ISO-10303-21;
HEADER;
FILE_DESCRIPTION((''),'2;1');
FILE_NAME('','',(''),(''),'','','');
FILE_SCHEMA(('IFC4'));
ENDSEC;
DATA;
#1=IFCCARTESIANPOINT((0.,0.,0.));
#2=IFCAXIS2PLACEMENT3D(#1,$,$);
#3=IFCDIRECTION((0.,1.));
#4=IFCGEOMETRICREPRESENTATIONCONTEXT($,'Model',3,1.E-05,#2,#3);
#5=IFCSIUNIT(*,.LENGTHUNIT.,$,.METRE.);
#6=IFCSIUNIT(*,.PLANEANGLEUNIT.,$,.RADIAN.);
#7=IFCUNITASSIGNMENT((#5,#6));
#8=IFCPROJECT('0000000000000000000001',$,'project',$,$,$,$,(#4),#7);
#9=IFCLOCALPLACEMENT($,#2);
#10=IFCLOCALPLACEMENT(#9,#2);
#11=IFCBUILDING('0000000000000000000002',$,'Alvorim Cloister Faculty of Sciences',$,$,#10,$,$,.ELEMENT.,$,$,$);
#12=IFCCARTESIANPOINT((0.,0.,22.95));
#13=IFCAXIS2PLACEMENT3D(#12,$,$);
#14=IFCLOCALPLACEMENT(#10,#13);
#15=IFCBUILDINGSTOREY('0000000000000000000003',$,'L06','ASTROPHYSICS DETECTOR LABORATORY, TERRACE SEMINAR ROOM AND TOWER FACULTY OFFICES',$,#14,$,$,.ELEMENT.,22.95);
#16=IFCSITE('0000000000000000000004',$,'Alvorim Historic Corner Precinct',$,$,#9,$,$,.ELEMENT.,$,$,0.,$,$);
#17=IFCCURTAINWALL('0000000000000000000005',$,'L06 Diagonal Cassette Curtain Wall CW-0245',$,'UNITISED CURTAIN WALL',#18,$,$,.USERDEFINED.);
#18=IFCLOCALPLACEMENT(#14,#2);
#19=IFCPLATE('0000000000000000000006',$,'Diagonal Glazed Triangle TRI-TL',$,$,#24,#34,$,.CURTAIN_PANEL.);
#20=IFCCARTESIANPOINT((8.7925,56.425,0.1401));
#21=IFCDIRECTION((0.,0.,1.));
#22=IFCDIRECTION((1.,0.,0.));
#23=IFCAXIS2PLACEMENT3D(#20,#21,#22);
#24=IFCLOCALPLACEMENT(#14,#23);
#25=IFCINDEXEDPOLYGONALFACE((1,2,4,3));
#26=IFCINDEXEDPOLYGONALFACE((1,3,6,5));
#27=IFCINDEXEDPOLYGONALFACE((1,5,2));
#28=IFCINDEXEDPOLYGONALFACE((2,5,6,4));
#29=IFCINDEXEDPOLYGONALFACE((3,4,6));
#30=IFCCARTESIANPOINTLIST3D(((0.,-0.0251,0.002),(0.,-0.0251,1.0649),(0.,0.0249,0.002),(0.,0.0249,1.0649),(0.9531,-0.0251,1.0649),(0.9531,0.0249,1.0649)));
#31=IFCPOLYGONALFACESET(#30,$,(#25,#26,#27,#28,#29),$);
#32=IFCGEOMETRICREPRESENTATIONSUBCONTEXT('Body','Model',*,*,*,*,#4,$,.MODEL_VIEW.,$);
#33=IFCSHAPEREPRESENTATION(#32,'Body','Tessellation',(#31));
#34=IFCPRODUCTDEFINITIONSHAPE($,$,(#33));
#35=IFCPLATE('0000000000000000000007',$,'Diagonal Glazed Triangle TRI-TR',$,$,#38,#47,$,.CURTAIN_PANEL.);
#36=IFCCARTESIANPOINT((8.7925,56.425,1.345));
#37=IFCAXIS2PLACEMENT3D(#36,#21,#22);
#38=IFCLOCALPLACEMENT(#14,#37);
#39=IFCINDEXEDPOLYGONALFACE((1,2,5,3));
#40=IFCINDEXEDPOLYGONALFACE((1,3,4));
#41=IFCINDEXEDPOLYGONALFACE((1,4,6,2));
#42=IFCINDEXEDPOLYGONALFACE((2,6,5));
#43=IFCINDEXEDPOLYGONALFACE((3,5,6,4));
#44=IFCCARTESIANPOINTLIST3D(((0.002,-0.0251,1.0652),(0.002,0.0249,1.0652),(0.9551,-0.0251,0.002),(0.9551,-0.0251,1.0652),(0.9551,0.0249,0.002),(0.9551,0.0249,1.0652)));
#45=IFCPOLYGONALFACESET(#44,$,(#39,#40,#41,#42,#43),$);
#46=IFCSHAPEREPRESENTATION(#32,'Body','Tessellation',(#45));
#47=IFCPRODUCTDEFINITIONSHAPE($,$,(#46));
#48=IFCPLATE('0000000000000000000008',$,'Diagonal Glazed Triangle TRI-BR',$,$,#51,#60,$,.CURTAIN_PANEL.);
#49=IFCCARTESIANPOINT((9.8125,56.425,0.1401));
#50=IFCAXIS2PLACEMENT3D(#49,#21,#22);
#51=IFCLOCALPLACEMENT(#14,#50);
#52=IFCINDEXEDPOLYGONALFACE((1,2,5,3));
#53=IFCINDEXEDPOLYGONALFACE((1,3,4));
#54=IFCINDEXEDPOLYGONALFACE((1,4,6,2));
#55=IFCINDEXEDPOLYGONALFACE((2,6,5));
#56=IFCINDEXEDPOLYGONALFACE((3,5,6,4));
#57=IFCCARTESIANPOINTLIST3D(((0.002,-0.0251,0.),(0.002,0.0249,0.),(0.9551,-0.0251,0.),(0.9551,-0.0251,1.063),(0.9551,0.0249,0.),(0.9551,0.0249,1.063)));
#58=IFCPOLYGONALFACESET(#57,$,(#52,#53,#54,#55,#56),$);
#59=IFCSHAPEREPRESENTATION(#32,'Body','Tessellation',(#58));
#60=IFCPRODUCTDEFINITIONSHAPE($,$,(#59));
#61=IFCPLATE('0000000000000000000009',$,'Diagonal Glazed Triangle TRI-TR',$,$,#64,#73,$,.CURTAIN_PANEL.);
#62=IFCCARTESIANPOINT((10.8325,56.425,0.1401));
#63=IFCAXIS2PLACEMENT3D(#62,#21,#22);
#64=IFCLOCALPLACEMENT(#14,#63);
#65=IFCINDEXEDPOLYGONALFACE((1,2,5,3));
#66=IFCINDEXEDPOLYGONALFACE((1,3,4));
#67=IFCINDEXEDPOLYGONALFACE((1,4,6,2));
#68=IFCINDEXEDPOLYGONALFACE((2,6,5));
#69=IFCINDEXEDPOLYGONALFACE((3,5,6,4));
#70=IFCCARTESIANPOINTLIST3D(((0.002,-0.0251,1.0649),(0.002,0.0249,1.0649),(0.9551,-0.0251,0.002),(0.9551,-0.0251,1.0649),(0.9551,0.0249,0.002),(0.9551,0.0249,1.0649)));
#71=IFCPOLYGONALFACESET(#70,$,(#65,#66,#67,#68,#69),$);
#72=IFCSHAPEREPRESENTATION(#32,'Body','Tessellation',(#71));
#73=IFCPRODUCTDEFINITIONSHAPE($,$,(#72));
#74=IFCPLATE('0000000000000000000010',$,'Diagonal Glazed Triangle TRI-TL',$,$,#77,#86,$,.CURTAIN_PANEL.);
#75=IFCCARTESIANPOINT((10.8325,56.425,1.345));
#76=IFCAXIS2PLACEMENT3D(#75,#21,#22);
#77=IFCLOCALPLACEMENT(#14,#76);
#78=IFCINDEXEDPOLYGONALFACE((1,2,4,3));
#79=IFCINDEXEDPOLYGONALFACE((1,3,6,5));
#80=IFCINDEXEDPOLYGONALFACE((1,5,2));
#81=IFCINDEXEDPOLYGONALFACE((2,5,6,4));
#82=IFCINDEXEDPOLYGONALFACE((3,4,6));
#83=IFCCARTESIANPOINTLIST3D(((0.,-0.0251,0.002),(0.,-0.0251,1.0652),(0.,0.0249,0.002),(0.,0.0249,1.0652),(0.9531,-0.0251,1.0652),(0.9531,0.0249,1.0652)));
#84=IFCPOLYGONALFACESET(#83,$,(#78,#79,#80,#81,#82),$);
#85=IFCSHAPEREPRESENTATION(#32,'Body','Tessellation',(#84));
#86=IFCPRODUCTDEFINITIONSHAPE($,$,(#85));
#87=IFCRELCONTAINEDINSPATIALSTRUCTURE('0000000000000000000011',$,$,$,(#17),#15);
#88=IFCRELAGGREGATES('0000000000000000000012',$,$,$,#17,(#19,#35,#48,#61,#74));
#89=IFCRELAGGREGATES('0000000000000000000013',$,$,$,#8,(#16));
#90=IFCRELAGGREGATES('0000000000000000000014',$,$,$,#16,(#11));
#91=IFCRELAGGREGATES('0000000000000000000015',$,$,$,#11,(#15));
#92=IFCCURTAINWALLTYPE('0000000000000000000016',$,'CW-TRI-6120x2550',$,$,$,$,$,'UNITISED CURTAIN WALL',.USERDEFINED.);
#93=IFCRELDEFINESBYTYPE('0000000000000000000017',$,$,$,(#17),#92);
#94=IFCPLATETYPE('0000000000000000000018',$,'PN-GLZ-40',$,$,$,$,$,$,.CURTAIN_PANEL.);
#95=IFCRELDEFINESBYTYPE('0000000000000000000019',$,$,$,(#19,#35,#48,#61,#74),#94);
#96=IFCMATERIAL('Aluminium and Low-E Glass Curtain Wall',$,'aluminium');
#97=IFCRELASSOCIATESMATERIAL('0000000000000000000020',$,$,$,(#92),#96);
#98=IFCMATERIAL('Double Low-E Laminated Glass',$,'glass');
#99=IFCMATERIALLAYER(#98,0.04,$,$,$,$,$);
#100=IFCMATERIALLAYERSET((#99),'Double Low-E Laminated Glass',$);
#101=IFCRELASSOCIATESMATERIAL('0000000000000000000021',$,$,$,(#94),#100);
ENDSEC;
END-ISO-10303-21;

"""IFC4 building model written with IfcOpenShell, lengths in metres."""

from ifc_helpers import new_model, si_unit, direction, frame, origin, place, context, subcontext, project, spatial, polyline, outline, extrude, material, layer, layer_set, type_object, element, aggregate, save


model = new_model("IFC4")

# Units and contexts
model_context = context("Model", 3, precision=1e-05, world=origin(), true_north=direction((0.0, 1.0)))
body_context = subcontext(model_context, "Body", "Model", "MODEL_VIEW")
ifc_project = project(units=[si_unit("LENGTHUNIT", "METRE"), si_unit("PLANEANGLEUNIT", "RADIAN")], contexts=[model_context])

# Site, building, storey
site_placement = place(None, origin())
site = spatial("IfcSite", under=ifc_project, at=site_placement, Name="Alvorim Historic Corner Precinct", CompositionType="ELEMENT", RefElevation=0.0)
building_placement = place(site_placement, origin())
building = spatial("IfcBuilding", under=site, at=building_placement, Name="Alvorim Cloister Faculty of Sciences", CompositionType="ELEMENT")
storey_placement = place(building_placement, frame((0.0, 0.0, 22.95)))
storey = spatial("IfcBuildingStorey", under=building, at=storey_placement, Name="L06", Description="ASTROPHYSICS DETECTOR LABORATORY, TERRACE SEMINAR ROOM AND TOWER FACULTY OFFICES", CompositionType="ELEMENT", Elevation=22.95)

# Curtain wall, plates
ifc_material_1 = material(Name="Aluminium and Low-E Glass Curtain Wall", Category="aluminium")
curtain_wall_type = type_object("IfcCurtainWallType", Name="CW-TRI-6120x2550", ElementType="UNITISED CURTAIN WALL", PredefinedType="USERDEFINED", material=ifc_material_1)
curtain_wall_placement = place(storey_placement, origin())
curtain_wall = element("IfcCurtainWall", 1, at=curtain_wall_placement, inside=storey, type_object=curtain_wall_type, Name="L06 Diagonal Cassette Curtain Wall CW-0245", ObjectType="UNITISED CURTAIN WALL", PredefinedType="USERDEFINED")
ifc_material_2 = material(Name="Double Low-E Laminated Glass", Category="glass")
ifc_layer = layer(ifc_material_2, 0.04)
ifc_layer_set = layer_set([ifc_layer], Name="Double Low-E Laminated Glass")
plate_type = type_object("IfcPlateType", Name="PN-GLZ-40", PredefinedType="CURTAIN_PANEL", material=ifc_layer_set)
plate_1_placement = place(storey_placement, frame((8.7925, 56.425, 0.1401), z_axis=(0.0, 0.0, 1.0), x_axis=(1.0, 0.0, 0.0)))
plate_1 = element("IfcPlate", 2, at=plate_1_placement, type_object=plate_type, Name="Diagonal Glazed Triangle TRI-TL", PredefinedType="CURTAIN_PANEL", context=body_context, shape_type="SweptSolid", body=[
    extrude(outline(polyline([(0.9531, 1.0649), (0.0, 1.0649), (0.0, 0.002), (0.9531, 1.0649)])), frame((0.0, 0.0249, 0.0), z_axis=(0.0, -1.0, 0.0), x_axis=(1.0, 0.0, 0.0)), (0.0, 0.0, 1.0), 0.05),
])
plate_2_placement = place(storey_placement, frame((8.7925, 56.425, 1.345), z_axis=(0.0, 0.0, 1.0), x_axis=(1.0, 0.0, 0.0)))
plate_2 = element("IfcPlate", 3, at=plate_2_placement, type_object=plate_type, Name="Diagonal Glazed Triangle TRI-TR", PredefinedType="CURTAIN_PANEL", context=body_context, shape_type="SweptSolid", body=[
    extrude(outline(polyline([(0.9551, 0.002), (0.9551, 1.0652), (0.002, 1.0652), (0.9551, 0.002)])), frame((0.0, 0.0249, 0.0), z_axis=(0.0, -1.0, 0.0), x_axis=(1.0, 0.0, 0.0)), (0.0, 0.0, 1.0), 0.05),
])
plate_3_placement = place(storey_placement, frame((9.8125, 56.425, 0.1401), z_axis=(0.0, 0.0, 1.0), x_axis=(1.0, 0.0, 0.0)))
plate_3 = element("IfcPlate", 4, at=plate_3_placement, type_object=plate_type, Name="Diagonal Glazed Triangle TRI-BR", PredefinedType="CURTAIN_PANEL", context=body_context, shape_type="SweptSolid", body=[
    extrude(outline(polyline([(0.002, 0.0), (0.9551, 0.0), (0.9551, 1.063), (0.002, 0.0)])), frame((0.0, 0.0249, 0.0), z_axis=(0.0, -1.0, 0.0), x_axis=(1.0, 0.0, 0.0)), (0.0, 0.0, 1.0), 0.05),
])
plate_4_placement = place(storey_placement, frame((10.8325, 56.425, 0.1401), z_axis=(0.0, 0.0, 1.0), x_axis=(1.0, 0.0, 0.0)))
plate_4 = element("IfcPlate", 5, at=plate_4_placement, type_object=plate_type, Name="Diagonal Glazed Triangle TRI-TR", PredefinedType="CURTAIN_PANEL", context=body_context, shape_type="SweptSolid", body=[
    extrude(outline(polyline([(0.9551, 0.002), (0.9551, 1.0649), (0.002, 1.0649), (0.9551, 0.002)])), frame((0.0, 0.0249, 0.0), z_axis=(0.0, -1.0, 0.0), x_axis=(1.0, 0.0, 0.0)), (0.0, 0.0, 1.0), 0.05),
])
plate_5_placement = place(storey_placement, frame((10.8325, 56.425, 1.345), z_axis=(0.0, 0.0, 1.0), x_axis=(1.0, 0.0, 0.0)))
plate_5 = element("IfcPlate", 6, at=plate_5_placement, type_object=plate_type, Name="Diagonal Glazed Triangle TRI-TL", PredefinedType="CURTAIN_PANEL", context=body_context, shape_type="SweptSolid", body=[
    extrude(outline(polyline([(0.9531, 1.0652), (0.0, 1.0652), (0.0, 0.002), (0.9531, 1.0652)])), frame((0.0, 0.0249, 0.0), z_axis=(0.0, -1.0, 0.0), x_axis=(1.0, 0.0, 0.0)), (0.0, 0.0, 1.0), 0.05),
])
aggregate(curtain_wall, [plate_1, plate_2, plate_3, plate_4, plate_5])

save(model, "model.ifc")
